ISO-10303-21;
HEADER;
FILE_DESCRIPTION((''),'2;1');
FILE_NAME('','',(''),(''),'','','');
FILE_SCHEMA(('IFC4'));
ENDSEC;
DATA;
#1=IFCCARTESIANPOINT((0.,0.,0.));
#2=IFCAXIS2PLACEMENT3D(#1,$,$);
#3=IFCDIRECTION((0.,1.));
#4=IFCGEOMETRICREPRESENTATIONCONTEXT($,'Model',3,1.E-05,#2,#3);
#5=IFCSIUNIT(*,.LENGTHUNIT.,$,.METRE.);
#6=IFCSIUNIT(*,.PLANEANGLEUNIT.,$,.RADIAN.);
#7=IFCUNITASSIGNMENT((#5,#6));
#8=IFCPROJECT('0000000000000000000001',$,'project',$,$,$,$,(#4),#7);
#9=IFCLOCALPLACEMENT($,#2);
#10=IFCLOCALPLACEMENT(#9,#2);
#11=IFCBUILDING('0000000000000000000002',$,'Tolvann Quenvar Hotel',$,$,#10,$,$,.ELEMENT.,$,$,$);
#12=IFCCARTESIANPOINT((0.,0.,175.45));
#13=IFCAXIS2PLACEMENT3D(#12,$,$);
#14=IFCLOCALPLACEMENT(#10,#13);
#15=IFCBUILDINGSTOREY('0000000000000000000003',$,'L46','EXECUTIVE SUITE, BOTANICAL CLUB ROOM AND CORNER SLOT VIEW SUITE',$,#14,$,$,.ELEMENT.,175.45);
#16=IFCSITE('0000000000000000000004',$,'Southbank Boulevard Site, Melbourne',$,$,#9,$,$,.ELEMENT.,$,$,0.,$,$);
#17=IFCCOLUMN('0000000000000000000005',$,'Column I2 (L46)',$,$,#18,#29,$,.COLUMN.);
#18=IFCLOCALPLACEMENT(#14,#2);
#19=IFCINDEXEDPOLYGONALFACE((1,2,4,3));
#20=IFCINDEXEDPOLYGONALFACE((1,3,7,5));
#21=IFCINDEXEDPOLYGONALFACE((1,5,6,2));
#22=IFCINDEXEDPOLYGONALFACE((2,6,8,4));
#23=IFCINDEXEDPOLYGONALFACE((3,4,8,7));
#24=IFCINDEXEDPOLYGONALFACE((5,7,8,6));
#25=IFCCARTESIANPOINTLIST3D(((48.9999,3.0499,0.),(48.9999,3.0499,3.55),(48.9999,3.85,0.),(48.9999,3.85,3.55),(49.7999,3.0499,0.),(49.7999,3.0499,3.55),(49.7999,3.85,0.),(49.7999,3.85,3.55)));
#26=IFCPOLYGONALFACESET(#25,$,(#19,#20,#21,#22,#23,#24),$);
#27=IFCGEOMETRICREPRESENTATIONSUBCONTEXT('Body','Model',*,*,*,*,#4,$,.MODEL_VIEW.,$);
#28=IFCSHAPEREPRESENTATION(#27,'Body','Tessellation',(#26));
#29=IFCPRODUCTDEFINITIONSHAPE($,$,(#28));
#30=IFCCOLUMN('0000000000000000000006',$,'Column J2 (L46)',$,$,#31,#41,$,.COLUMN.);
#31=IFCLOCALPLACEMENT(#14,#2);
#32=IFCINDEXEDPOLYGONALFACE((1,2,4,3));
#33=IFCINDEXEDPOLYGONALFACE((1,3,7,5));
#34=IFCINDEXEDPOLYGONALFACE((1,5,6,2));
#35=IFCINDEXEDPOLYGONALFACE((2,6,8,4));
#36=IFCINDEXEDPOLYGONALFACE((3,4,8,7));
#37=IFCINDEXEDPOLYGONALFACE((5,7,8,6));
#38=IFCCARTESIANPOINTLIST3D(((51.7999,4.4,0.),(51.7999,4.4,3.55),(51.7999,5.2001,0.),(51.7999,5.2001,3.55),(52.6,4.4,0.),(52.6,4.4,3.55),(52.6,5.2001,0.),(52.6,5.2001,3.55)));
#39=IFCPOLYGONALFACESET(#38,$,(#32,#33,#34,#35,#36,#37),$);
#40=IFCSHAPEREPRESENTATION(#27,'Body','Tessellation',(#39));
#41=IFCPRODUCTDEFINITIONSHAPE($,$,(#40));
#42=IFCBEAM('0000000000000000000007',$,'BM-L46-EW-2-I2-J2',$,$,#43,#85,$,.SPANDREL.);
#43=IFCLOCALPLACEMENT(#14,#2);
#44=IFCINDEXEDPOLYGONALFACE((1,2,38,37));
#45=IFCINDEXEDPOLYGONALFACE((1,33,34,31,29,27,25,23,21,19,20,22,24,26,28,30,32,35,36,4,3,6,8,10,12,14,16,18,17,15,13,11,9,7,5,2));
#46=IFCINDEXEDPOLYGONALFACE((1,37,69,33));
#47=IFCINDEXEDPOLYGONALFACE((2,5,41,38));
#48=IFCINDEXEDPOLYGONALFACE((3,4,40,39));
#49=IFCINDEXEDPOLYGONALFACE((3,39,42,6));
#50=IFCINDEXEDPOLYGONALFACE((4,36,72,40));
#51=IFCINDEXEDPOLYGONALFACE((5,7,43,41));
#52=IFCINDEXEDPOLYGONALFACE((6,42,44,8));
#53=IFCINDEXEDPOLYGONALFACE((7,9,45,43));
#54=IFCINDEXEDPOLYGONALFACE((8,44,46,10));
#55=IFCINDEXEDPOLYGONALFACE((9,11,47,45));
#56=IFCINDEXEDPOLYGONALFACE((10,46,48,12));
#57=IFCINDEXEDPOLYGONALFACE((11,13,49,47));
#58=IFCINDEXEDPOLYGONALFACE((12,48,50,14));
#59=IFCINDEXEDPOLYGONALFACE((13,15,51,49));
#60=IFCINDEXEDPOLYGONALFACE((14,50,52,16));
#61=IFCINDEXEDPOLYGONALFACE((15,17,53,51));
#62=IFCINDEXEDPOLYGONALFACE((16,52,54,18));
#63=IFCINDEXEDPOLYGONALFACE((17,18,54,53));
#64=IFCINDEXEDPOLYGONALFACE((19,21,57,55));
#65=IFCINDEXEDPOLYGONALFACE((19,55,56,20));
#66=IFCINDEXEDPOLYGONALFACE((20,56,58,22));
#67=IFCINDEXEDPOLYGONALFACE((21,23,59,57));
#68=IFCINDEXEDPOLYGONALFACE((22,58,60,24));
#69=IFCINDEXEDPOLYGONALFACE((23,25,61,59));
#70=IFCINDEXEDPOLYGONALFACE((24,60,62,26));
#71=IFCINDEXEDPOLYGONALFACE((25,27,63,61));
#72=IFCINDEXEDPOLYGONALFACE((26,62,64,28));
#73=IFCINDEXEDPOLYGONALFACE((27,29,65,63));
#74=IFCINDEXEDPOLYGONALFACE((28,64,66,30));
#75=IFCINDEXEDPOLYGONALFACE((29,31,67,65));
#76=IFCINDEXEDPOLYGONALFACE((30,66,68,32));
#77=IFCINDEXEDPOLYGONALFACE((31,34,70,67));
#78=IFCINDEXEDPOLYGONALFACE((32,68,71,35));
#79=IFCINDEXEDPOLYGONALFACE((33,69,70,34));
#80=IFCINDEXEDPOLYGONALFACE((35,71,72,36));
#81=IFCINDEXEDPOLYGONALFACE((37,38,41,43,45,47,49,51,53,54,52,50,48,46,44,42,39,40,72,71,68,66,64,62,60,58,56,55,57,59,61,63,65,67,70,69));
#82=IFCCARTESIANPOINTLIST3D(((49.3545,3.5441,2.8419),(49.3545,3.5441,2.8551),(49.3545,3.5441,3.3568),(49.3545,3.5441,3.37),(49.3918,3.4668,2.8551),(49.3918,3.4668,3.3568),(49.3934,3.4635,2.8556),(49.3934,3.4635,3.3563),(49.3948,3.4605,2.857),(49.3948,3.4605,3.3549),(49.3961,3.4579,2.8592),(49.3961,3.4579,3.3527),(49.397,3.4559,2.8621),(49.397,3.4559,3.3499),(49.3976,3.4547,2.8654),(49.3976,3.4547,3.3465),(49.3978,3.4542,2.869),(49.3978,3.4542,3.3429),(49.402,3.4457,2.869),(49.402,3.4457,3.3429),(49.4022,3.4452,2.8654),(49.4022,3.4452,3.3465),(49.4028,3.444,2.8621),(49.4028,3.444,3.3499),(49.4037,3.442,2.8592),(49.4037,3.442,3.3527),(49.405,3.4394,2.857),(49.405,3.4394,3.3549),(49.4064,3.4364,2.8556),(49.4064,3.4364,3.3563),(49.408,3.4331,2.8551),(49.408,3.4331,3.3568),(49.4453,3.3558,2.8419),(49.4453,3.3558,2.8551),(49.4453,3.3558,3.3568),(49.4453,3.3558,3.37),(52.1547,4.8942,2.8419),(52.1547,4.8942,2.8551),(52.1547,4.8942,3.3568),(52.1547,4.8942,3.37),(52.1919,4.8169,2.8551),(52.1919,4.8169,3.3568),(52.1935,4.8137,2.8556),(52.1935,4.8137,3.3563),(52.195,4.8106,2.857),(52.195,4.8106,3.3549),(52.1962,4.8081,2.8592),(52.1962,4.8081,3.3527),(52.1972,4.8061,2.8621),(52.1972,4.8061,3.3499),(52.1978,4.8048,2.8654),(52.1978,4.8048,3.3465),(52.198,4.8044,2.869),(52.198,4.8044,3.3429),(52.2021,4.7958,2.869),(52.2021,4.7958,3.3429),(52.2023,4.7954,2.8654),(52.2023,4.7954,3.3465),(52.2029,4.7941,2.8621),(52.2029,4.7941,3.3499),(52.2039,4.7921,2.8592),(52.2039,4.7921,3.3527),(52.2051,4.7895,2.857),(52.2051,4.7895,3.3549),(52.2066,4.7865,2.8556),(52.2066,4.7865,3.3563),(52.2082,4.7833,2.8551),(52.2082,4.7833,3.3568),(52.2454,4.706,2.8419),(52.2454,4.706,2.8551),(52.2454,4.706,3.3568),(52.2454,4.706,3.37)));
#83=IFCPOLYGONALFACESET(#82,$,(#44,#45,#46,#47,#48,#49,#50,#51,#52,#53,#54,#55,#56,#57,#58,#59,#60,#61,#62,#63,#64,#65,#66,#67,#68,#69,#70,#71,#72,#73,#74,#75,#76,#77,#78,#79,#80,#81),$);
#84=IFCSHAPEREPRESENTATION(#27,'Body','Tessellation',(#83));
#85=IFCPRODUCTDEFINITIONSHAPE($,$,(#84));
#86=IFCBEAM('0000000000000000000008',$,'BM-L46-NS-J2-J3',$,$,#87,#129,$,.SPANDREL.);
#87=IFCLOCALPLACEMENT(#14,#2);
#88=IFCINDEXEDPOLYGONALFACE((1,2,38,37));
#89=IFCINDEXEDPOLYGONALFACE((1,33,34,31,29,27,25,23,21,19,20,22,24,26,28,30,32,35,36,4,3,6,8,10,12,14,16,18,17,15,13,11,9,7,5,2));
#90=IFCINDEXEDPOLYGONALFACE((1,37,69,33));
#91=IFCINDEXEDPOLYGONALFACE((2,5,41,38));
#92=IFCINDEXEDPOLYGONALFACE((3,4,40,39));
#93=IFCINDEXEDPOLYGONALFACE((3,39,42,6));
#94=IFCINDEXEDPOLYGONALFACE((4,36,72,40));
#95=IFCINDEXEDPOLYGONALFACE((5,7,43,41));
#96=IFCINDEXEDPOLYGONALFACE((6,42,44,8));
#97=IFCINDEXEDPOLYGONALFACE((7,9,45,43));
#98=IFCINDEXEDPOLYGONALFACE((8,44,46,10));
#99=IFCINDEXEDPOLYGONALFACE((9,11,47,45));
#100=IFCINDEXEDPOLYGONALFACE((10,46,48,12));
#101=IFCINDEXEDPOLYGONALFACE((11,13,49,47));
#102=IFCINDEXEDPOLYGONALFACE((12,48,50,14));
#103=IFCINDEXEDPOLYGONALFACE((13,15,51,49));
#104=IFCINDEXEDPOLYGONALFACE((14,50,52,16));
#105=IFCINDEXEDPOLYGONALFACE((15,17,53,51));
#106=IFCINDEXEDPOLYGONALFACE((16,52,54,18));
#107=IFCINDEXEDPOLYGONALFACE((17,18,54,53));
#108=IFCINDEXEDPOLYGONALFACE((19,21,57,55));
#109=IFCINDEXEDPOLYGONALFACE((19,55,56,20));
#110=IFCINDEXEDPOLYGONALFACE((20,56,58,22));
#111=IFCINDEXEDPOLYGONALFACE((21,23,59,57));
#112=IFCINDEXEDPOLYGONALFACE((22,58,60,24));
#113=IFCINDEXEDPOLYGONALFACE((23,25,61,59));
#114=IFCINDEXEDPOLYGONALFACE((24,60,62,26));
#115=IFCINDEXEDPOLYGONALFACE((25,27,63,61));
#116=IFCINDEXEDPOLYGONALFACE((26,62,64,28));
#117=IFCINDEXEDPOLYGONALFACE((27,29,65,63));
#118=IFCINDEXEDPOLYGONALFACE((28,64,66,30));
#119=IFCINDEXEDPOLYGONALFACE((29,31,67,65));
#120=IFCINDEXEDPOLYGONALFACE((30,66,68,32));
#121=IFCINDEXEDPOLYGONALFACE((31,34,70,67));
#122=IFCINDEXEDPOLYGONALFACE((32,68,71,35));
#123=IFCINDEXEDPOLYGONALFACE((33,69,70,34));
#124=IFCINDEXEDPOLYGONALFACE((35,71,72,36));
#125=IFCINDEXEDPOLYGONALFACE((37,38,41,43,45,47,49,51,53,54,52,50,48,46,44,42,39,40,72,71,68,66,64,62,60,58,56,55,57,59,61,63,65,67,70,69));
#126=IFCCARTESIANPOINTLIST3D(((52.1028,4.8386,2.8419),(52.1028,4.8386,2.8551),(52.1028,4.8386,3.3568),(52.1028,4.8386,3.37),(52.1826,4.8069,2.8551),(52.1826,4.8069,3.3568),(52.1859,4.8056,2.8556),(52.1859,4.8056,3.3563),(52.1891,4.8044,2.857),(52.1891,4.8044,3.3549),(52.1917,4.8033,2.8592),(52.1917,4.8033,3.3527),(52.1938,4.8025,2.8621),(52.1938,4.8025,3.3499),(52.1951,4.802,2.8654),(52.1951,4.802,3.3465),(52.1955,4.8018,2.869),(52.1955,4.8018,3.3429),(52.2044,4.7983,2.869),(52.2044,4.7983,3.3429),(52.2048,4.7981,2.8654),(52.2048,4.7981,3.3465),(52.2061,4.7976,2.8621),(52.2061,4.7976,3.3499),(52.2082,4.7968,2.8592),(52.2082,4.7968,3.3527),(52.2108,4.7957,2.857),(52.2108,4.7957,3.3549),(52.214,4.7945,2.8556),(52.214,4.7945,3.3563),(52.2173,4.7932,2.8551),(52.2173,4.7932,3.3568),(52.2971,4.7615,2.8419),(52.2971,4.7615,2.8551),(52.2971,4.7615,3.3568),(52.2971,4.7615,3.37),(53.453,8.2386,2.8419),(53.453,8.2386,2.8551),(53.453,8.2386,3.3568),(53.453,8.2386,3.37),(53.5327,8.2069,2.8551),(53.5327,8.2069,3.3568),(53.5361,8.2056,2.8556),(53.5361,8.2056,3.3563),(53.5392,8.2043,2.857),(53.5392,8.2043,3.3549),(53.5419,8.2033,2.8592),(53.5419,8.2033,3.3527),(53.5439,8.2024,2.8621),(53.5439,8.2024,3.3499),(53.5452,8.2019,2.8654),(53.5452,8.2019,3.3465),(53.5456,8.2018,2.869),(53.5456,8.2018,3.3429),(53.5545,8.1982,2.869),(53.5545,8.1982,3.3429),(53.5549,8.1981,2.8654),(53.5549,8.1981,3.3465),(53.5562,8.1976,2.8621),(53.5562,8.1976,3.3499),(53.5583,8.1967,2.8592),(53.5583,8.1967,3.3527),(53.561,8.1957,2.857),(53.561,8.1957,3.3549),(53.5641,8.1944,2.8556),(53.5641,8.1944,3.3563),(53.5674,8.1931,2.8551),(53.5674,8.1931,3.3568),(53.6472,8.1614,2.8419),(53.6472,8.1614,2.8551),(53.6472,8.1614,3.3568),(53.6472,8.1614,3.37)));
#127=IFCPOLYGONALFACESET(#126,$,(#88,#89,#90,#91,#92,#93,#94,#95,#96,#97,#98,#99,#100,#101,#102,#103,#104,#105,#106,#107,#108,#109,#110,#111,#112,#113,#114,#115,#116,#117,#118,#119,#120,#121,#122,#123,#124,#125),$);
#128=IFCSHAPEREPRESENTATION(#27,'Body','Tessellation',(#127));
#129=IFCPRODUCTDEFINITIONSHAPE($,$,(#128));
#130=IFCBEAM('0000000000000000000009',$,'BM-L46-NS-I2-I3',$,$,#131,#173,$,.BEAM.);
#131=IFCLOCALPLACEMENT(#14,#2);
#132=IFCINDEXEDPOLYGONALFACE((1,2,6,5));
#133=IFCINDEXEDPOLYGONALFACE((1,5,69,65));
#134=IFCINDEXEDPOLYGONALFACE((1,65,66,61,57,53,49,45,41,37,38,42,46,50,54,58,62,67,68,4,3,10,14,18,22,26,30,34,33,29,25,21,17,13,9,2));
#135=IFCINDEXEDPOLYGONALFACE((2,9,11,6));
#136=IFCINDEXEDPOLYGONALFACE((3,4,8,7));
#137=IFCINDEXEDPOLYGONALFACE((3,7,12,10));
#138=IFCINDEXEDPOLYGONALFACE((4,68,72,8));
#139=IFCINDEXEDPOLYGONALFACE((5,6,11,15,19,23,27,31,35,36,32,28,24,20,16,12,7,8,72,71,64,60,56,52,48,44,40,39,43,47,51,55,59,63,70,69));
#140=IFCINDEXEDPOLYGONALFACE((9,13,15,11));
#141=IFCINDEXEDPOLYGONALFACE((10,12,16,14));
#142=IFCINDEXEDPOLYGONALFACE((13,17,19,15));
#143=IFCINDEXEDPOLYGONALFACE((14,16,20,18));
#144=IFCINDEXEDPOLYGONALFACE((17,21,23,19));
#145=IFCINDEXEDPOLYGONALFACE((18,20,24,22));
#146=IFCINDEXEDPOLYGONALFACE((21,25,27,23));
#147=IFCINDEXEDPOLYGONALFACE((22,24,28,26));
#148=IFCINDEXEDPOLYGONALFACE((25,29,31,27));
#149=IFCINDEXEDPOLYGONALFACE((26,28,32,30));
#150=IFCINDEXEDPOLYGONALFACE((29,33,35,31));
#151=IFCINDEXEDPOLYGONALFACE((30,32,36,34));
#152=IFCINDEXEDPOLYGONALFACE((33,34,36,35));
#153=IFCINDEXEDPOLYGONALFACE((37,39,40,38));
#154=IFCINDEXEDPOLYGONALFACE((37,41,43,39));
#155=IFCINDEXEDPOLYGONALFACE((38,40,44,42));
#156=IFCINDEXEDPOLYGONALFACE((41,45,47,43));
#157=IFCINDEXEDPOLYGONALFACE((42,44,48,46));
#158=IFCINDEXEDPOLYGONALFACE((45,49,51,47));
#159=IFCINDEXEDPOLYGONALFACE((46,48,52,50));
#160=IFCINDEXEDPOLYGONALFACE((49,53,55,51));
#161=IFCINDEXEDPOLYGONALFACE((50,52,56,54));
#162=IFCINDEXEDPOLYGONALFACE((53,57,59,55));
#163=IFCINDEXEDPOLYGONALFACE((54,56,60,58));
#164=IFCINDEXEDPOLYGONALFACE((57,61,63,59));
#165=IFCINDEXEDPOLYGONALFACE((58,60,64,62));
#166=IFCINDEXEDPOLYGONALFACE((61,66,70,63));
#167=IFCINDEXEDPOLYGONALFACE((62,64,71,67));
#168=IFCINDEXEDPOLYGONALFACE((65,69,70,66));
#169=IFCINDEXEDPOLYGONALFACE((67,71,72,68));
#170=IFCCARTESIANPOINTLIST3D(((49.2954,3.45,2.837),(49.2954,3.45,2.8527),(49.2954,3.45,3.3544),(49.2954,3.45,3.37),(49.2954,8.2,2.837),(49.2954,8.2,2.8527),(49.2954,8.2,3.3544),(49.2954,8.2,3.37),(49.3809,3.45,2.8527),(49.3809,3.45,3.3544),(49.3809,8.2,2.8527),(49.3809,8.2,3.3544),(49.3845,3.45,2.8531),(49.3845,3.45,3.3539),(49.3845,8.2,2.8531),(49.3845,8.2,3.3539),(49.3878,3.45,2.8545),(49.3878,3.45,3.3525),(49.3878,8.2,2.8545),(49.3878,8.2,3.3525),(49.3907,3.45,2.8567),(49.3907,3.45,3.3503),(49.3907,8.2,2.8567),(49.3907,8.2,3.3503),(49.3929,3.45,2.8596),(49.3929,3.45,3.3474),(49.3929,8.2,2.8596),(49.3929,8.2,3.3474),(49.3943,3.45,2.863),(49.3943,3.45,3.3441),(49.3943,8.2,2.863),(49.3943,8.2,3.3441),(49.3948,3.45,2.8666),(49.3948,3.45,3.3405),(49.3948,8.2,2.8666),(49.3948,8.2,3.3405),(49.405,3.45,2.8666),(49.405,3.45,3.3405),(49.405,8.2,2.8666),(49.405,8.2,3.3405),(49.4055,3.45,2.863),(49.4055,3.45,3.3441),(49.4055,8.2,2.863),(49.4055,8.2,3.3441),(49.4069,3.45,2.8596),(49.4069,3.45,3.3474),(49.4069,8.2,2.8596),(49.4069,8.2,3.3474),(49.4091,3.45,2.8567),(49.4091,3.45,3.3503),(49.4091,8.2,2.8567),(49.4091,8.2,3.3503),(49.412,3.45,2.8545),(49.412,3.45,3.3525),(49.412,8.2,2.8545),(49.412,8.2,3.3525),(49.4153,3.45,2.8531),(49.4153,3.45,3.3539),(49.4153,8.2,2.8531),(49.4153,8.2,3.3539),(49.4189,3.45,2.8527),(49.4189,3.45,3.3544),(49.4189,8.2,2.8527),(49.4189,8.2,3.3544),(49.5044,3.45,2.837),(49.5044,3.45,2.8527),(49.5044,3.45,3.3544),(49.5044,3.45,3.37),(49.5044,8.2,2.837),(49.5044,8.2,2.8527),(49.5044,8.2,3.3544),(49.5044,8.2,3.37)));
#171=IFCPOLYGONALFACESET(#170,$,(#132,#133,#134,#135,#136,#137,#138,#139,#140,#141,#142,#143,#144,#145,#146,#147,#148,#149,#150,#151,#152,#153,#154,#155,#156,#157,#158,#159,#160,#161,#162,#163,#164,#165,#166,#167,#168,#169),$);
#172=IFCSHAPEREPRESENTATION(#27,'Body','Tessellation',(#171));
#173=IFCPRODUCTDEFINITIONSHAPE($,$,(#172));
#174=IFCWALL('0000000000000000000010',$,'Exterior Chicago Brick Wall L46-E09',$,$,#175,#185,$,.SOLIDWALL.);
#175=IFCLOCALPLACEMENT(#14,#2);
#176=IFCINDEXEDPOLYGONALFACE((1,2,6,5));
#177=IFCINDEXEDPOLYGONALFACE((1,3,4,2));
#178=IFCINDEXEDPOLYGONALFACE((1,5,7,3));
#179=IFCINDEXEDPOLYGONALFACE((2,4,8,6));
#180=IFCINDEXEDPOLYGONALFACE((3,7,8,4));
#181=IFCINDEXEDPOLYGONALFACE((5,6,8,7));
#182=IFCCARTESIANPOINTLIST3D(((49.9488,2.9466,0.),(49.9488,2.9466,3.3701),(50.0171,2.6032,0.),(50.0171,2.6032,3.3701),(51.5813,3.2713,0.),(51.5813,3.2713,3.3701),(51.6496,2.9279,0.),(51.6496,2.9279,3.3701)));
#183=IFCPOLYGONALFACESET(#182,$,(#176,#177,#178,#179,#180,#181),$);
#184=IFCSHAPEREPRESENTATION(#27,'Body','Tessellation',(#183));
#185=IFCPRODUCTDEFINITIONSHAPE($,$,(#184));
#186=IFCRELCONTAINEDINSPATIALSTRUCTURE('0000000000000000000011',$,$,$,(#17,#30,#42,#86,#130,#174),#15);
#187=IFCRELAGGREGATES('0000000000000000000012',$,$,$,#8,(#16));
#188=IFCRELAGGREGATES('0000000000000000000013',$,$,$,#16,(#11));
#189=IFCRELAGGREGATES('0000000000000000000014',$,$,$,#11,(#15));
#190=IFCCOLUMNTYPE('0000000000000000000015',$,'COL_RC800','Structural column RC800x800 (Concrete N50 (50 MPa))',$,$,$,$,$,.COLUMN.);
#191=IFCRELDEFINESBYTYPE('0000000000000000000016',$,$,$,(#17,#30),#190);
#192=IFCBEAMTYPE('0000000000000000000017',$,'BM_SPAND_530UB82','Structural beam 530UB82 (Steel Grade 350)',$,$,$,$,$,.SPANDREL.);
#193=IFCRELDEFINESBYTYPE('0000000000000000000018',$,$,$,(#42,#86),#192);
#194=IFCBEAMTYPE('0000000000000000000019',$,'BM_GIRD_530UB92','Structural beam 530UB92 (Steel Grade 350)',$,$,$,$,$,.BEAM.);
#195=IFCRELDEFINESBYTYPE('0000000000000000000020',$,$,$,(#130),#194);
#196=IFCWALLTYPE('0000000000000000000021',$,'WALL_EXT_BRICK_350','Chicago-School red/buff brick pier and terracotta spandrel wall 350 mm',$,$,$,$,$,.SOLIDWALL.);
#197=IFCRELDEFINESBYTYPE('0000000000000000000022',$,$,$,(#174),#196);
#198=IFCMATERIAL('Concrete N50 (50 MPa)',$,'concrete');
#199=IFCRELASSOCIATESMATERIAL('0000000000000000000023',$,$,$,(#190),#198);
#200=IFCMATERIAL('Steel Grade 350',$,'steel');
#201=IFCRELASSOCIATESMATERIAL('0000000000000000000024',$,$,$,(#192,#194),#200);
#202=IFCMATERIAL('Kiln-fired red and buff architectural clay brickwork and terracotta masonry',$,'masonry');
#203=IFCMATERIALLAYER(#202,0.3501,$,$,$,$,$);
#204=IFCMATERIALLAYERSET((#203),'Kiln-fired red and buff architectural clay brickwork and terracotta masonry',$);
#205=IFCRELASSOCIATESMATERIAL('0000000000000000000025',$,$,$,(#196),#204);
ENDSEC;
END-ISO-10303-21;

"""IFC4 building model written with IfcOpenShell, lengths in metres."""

from ifc_helpers import new_model, si_unit, direction, frame, frame_2d, origin, origin_2d, place, context, subcontext, project, spatial, rectangle, i_section, extrude, source, transform, mapped, material, layer, layer_set, material_profile, profile_set, type_object, type_shapes, element, save


model = new_model("IFC4")

# Units and contexts
model_context = context("Model", 3, precision=1e-05, world=origin(), true_north=direction((0.0, 1.0)))
body_context = subcontext(model_context, "Body", "Model", "MODEL_VIEW")
ifc_project = project(units=[si_unit("LENGTHUNIT", "METRE"), si_unit("PLANEANGLEUNIT", "RADIAN")], contexts=[model_context])

# Site, building, storey
site_placement = place(None, origin())
site = spatial("IfcSite", under=ifc_project, at=site_placement, Name="Southbank Boulevard Site, Melbourne", CompositionType="ELEMENT", RefElevation=0.0)
building_placement = place(site_placement, origin())
building = spatial("IfcBuilding", under=site, at=building_placement, Name="Tolvann Quenvar Hotel", CompositionType="ELEMENT")
storey_placement = place(building_placement, frame((0.0, 0.0, 175.45)))
storey = spatial("IfcBuildingStorey", under=building, at=storey_placement, Name="L46", Description="EXECUTIVE SUITE, BOTANICAL CLUB ROOM AND CORNER SLOT VIEW SUITE", CompositionType="ELEMENT", Elevation=175.45)

# Columns
ifc_material_1 = material(Name="Concrete N50 (50 MPa)", Category="concrete")
ifc_material_profile_1 = material_profile(ifc_material_1, rectangle(XDim=0.8, YDim=0.8, at=origin_2d()), Name="RC800x800")
ifc_profile_set_1 = profile_set([ifc_material_profile_1], Name="Concrete N50 (50 MPa)")
column_type = type_object("IfcColumnType", Name="COL_RC800", Description="Structural column RC800x800 (Concrete N50 (50 MPa))", PredefinedType="COLUMN", material=ifc_profile_set_1)
shared_shape_1 = source(origin(), body_context, "Body", "SweptSolid", [
    extrude(rectangle(XDim=0.8, YDim=0.8, at=origin_2d()), origin(), (0.0, 0.0, 1.0), 3.55),
])
type_shapes(column_type, [shared_shape_1])
for number, where, z_axis, x_axis, name in (
    (1, (49.3999, 3.45, 0.0), (0.0, 0.0, 1.0), (1.0, 0.0, 0.0), "Column I2 (L46)"),
    (2, (52.2, 4.8, 0.0), (0.0, 0.0, 1.0), (1.0, 0.0, 0.0), "Column J2 (L46)"),
):
    element("IfcColumn", number, at=place(storey_placement, frame(where, z_axis=z_axis, x_axis=x_axis)), inside=storey, type_object=column_type, Name=name, PredefinedType="COLUMN", context=body_context, shape_type="MappedRepresentation", body=[
        mapped(shared_shape_1, transform((0.0, 0.0, 0.0), x_axis=(1.0, 0.0, 0.0), y_axis=(0.0, 1.0, 0.0), z_axis=(0.0, 0.0, 1.0), scale=1.0)),
    ])

# Beams
ifc_material_2 = material(Name="Steel Grade 350", Category="steel")
ifc_material_profile_2 = material_profile(ifc_material_2, i_section(OverallWidth=0.209, OverallDepth=0.5281, WebThickness=0.0095, FlangeThickness=0.0132, FilletRadius=0.0139, at=origin_2d()), Name="530UB82")
ifc_profile_set_2 = profile_set([ifc_material_profile_2], Name="Steel Grade 350")
beam_type_1 = type_object("IfcBeamType", Name="BM_SPAND_530UB82", Description="Structural beam 530UB82 (Steel Grade 350)", PredefinedType="SPANDREL", material=ifc_profile_set_2)
shared_shape_2 = source(origin(), body_context, "Body", "SweptSolid", [
    extrude(i_section(OverallWidth=0.209, OverallDepth=0.5281, WebThickness=0.0095, FlangeThickness=0.0132, FilletRadius=0.0139, at=origin_2d()), origin(), (0.0, 0.0, 1.0), 3.1086),
])
beam_1_placement = place(storey_placement, frame((49.3999, 3.45, 3.106), z_axis=(0.900759, 0.434319, 0.0), x_axis=(-0.434319, 0.900759, 0.0)))
element("IfcBeam", 3, at=beam_1_placement, inside=storey, type_object=beam_type_1, Name="BM-L46-EW-2-I2-J2", PredefinedType="SPANDREL", context=body_context, shape_type="MappedRepresentation", body=[
    mapped(shared_shape_2, transform((0.0, 0.0, 0.0), x_axis=(1.0, 0.0, 0.0), y_axis=(0.0, 1.0, 0.0), z_axis=(0.0, 0.0, 1.0), scale=1.0)),
])
shared_shape_3 = source(origin(), body_context, "Body", "SweptSolid", [
    extrude(i_section(OverallWidth=0.209, OverallDepth=0.5281, WebThickness=0.0095, FlangeThickness=0.0132, FilletRadius=0.0139, at=origin_2d()), origin(), (0.0, 0.0, 1.0), 3.6582),
])
type_shapes(beam_type_1, [shared_shape_2, shared_shape_3])
beam_2_placement = place(storey_placement, frame((52.2, 4.8, 3.106), z_axis=(0.369065, 0.929404, 0.0), x_axis=(-0.929404, 0.369065, 0.0)))
element("IfcBeam", 4, at=beam_2_placement, inside=storey, type_object=beam_type_1, Name="BM-L46-NS-J2-J3", PredefinedType="SPANDREL", context=body_context, shape_type="MappedRepresentation", body=[
    mapped(shared_shape_3, transform((0.0, 0.0, 0.0), x_axis=(1.0, 0.0, 0.0), y_axis=(0.0, 1.0, 0.0), z_axis=(0.0, 0.0, 1.0), scale=1.0)),
])
ifc_material_profile_3 = material_profile(ifc_material_2, i_section(OverallWidth=0.209, OverallDepth=0.533, WebThickness=0.0103, FlangeThickness=0.0156, FilletRadius=0.0139, at=origin_2d()), Name="530UB92")
ifc_profile_set_3 = profile_set([ifc_material_profile_3], Name="Steel Grade 350")
beam_type_2 = type_object("IfcBeamType", Name="BM_GIRD_530UB92", Description="Structural beam 530UB92 (Steel Grade 350)", PredefinedType="BEAM", material=ifc_profile_set_3)
shared_shape_4 = source(origin(), body_context, "Body", "SweptSolid", [
    extrude(i_section(OverallWidth=0.209, OverallDepth=0.533, WebThickness=0.0103, FlangeThickness=0.0156, FilletRadius=0.0139, at=origin_2d()), origin(), (0.0, 0.0, 1.0), 4.75),
])
type_shapes(beam_type_2, [shared_shape_4])
beam_3_placement = place(storey_placement, frame((49.3999, 3.45, 3.1035), z_axis=(0.0, 1.0, 0.0), x_axis=(-1.0, 0.0, 0.0)))
element("IfcBeam", 5, at=beam_3_placement, inside=storey, type_object=beam_type_2, Name="BM-L46-NS-I2-I3", PredefinedType="BEAM", context=body_context, shape_type="MappedRepresentation", body=[
    mapped(shared_shape_4, transform((0.0, 0.0, 0.0), x_axis=(1.0, 0.0, 0.0), y_axis=(0.0, 1.0, 0.0), z_axis=(0.0, 0.0, 1.0), scale=1.0)),
])

# Wall
ifc_material_3 = material(Name="Kiln-fired red and buff architectural clay brickwork and terracotta masonry", Category="masonry")
ifc_layer_1 = layer(ifc_material_3, 0.3501)
ifc_layer_set_1 = layer_set([ifc_layer_1], Name="Kiln-fired red and buff architectural clay brickwork and terracotta masonry")
wall_type_1 = type_object("IfcWallType", Name="WALL_EXT_BRICK_350", Description="Chicago-School red/buff brick pier and terracotta spandrel wall 350 mm", PredefinedType="SOLIDWALL", material=ifc_layer_set_1)
wall_1_placement = place(storey_placement, frame((49.9829, 2.7749, 0.0), z_axis=(0.0, 0.0, 1.0), x_axis=(0.980789, 0.195072, 0.0)))
element("IfcWall", 6, at=wall_1_placement, inside=storey, type_object=wall_type_1, Name="Exterior Chicago Brick Wall L46-E09", PredefinedType="SOLIDWALL", context=body_context, shape_type="SweptSolid", body=[
    extrude(rectangle(XDim=1.6646, YDim=0.3501, at=frame_2d((0.8323, 0.0))), origin(), (0.0, 0.0, 1.0), 3.3701),
])

save(model, "model.ifc")
